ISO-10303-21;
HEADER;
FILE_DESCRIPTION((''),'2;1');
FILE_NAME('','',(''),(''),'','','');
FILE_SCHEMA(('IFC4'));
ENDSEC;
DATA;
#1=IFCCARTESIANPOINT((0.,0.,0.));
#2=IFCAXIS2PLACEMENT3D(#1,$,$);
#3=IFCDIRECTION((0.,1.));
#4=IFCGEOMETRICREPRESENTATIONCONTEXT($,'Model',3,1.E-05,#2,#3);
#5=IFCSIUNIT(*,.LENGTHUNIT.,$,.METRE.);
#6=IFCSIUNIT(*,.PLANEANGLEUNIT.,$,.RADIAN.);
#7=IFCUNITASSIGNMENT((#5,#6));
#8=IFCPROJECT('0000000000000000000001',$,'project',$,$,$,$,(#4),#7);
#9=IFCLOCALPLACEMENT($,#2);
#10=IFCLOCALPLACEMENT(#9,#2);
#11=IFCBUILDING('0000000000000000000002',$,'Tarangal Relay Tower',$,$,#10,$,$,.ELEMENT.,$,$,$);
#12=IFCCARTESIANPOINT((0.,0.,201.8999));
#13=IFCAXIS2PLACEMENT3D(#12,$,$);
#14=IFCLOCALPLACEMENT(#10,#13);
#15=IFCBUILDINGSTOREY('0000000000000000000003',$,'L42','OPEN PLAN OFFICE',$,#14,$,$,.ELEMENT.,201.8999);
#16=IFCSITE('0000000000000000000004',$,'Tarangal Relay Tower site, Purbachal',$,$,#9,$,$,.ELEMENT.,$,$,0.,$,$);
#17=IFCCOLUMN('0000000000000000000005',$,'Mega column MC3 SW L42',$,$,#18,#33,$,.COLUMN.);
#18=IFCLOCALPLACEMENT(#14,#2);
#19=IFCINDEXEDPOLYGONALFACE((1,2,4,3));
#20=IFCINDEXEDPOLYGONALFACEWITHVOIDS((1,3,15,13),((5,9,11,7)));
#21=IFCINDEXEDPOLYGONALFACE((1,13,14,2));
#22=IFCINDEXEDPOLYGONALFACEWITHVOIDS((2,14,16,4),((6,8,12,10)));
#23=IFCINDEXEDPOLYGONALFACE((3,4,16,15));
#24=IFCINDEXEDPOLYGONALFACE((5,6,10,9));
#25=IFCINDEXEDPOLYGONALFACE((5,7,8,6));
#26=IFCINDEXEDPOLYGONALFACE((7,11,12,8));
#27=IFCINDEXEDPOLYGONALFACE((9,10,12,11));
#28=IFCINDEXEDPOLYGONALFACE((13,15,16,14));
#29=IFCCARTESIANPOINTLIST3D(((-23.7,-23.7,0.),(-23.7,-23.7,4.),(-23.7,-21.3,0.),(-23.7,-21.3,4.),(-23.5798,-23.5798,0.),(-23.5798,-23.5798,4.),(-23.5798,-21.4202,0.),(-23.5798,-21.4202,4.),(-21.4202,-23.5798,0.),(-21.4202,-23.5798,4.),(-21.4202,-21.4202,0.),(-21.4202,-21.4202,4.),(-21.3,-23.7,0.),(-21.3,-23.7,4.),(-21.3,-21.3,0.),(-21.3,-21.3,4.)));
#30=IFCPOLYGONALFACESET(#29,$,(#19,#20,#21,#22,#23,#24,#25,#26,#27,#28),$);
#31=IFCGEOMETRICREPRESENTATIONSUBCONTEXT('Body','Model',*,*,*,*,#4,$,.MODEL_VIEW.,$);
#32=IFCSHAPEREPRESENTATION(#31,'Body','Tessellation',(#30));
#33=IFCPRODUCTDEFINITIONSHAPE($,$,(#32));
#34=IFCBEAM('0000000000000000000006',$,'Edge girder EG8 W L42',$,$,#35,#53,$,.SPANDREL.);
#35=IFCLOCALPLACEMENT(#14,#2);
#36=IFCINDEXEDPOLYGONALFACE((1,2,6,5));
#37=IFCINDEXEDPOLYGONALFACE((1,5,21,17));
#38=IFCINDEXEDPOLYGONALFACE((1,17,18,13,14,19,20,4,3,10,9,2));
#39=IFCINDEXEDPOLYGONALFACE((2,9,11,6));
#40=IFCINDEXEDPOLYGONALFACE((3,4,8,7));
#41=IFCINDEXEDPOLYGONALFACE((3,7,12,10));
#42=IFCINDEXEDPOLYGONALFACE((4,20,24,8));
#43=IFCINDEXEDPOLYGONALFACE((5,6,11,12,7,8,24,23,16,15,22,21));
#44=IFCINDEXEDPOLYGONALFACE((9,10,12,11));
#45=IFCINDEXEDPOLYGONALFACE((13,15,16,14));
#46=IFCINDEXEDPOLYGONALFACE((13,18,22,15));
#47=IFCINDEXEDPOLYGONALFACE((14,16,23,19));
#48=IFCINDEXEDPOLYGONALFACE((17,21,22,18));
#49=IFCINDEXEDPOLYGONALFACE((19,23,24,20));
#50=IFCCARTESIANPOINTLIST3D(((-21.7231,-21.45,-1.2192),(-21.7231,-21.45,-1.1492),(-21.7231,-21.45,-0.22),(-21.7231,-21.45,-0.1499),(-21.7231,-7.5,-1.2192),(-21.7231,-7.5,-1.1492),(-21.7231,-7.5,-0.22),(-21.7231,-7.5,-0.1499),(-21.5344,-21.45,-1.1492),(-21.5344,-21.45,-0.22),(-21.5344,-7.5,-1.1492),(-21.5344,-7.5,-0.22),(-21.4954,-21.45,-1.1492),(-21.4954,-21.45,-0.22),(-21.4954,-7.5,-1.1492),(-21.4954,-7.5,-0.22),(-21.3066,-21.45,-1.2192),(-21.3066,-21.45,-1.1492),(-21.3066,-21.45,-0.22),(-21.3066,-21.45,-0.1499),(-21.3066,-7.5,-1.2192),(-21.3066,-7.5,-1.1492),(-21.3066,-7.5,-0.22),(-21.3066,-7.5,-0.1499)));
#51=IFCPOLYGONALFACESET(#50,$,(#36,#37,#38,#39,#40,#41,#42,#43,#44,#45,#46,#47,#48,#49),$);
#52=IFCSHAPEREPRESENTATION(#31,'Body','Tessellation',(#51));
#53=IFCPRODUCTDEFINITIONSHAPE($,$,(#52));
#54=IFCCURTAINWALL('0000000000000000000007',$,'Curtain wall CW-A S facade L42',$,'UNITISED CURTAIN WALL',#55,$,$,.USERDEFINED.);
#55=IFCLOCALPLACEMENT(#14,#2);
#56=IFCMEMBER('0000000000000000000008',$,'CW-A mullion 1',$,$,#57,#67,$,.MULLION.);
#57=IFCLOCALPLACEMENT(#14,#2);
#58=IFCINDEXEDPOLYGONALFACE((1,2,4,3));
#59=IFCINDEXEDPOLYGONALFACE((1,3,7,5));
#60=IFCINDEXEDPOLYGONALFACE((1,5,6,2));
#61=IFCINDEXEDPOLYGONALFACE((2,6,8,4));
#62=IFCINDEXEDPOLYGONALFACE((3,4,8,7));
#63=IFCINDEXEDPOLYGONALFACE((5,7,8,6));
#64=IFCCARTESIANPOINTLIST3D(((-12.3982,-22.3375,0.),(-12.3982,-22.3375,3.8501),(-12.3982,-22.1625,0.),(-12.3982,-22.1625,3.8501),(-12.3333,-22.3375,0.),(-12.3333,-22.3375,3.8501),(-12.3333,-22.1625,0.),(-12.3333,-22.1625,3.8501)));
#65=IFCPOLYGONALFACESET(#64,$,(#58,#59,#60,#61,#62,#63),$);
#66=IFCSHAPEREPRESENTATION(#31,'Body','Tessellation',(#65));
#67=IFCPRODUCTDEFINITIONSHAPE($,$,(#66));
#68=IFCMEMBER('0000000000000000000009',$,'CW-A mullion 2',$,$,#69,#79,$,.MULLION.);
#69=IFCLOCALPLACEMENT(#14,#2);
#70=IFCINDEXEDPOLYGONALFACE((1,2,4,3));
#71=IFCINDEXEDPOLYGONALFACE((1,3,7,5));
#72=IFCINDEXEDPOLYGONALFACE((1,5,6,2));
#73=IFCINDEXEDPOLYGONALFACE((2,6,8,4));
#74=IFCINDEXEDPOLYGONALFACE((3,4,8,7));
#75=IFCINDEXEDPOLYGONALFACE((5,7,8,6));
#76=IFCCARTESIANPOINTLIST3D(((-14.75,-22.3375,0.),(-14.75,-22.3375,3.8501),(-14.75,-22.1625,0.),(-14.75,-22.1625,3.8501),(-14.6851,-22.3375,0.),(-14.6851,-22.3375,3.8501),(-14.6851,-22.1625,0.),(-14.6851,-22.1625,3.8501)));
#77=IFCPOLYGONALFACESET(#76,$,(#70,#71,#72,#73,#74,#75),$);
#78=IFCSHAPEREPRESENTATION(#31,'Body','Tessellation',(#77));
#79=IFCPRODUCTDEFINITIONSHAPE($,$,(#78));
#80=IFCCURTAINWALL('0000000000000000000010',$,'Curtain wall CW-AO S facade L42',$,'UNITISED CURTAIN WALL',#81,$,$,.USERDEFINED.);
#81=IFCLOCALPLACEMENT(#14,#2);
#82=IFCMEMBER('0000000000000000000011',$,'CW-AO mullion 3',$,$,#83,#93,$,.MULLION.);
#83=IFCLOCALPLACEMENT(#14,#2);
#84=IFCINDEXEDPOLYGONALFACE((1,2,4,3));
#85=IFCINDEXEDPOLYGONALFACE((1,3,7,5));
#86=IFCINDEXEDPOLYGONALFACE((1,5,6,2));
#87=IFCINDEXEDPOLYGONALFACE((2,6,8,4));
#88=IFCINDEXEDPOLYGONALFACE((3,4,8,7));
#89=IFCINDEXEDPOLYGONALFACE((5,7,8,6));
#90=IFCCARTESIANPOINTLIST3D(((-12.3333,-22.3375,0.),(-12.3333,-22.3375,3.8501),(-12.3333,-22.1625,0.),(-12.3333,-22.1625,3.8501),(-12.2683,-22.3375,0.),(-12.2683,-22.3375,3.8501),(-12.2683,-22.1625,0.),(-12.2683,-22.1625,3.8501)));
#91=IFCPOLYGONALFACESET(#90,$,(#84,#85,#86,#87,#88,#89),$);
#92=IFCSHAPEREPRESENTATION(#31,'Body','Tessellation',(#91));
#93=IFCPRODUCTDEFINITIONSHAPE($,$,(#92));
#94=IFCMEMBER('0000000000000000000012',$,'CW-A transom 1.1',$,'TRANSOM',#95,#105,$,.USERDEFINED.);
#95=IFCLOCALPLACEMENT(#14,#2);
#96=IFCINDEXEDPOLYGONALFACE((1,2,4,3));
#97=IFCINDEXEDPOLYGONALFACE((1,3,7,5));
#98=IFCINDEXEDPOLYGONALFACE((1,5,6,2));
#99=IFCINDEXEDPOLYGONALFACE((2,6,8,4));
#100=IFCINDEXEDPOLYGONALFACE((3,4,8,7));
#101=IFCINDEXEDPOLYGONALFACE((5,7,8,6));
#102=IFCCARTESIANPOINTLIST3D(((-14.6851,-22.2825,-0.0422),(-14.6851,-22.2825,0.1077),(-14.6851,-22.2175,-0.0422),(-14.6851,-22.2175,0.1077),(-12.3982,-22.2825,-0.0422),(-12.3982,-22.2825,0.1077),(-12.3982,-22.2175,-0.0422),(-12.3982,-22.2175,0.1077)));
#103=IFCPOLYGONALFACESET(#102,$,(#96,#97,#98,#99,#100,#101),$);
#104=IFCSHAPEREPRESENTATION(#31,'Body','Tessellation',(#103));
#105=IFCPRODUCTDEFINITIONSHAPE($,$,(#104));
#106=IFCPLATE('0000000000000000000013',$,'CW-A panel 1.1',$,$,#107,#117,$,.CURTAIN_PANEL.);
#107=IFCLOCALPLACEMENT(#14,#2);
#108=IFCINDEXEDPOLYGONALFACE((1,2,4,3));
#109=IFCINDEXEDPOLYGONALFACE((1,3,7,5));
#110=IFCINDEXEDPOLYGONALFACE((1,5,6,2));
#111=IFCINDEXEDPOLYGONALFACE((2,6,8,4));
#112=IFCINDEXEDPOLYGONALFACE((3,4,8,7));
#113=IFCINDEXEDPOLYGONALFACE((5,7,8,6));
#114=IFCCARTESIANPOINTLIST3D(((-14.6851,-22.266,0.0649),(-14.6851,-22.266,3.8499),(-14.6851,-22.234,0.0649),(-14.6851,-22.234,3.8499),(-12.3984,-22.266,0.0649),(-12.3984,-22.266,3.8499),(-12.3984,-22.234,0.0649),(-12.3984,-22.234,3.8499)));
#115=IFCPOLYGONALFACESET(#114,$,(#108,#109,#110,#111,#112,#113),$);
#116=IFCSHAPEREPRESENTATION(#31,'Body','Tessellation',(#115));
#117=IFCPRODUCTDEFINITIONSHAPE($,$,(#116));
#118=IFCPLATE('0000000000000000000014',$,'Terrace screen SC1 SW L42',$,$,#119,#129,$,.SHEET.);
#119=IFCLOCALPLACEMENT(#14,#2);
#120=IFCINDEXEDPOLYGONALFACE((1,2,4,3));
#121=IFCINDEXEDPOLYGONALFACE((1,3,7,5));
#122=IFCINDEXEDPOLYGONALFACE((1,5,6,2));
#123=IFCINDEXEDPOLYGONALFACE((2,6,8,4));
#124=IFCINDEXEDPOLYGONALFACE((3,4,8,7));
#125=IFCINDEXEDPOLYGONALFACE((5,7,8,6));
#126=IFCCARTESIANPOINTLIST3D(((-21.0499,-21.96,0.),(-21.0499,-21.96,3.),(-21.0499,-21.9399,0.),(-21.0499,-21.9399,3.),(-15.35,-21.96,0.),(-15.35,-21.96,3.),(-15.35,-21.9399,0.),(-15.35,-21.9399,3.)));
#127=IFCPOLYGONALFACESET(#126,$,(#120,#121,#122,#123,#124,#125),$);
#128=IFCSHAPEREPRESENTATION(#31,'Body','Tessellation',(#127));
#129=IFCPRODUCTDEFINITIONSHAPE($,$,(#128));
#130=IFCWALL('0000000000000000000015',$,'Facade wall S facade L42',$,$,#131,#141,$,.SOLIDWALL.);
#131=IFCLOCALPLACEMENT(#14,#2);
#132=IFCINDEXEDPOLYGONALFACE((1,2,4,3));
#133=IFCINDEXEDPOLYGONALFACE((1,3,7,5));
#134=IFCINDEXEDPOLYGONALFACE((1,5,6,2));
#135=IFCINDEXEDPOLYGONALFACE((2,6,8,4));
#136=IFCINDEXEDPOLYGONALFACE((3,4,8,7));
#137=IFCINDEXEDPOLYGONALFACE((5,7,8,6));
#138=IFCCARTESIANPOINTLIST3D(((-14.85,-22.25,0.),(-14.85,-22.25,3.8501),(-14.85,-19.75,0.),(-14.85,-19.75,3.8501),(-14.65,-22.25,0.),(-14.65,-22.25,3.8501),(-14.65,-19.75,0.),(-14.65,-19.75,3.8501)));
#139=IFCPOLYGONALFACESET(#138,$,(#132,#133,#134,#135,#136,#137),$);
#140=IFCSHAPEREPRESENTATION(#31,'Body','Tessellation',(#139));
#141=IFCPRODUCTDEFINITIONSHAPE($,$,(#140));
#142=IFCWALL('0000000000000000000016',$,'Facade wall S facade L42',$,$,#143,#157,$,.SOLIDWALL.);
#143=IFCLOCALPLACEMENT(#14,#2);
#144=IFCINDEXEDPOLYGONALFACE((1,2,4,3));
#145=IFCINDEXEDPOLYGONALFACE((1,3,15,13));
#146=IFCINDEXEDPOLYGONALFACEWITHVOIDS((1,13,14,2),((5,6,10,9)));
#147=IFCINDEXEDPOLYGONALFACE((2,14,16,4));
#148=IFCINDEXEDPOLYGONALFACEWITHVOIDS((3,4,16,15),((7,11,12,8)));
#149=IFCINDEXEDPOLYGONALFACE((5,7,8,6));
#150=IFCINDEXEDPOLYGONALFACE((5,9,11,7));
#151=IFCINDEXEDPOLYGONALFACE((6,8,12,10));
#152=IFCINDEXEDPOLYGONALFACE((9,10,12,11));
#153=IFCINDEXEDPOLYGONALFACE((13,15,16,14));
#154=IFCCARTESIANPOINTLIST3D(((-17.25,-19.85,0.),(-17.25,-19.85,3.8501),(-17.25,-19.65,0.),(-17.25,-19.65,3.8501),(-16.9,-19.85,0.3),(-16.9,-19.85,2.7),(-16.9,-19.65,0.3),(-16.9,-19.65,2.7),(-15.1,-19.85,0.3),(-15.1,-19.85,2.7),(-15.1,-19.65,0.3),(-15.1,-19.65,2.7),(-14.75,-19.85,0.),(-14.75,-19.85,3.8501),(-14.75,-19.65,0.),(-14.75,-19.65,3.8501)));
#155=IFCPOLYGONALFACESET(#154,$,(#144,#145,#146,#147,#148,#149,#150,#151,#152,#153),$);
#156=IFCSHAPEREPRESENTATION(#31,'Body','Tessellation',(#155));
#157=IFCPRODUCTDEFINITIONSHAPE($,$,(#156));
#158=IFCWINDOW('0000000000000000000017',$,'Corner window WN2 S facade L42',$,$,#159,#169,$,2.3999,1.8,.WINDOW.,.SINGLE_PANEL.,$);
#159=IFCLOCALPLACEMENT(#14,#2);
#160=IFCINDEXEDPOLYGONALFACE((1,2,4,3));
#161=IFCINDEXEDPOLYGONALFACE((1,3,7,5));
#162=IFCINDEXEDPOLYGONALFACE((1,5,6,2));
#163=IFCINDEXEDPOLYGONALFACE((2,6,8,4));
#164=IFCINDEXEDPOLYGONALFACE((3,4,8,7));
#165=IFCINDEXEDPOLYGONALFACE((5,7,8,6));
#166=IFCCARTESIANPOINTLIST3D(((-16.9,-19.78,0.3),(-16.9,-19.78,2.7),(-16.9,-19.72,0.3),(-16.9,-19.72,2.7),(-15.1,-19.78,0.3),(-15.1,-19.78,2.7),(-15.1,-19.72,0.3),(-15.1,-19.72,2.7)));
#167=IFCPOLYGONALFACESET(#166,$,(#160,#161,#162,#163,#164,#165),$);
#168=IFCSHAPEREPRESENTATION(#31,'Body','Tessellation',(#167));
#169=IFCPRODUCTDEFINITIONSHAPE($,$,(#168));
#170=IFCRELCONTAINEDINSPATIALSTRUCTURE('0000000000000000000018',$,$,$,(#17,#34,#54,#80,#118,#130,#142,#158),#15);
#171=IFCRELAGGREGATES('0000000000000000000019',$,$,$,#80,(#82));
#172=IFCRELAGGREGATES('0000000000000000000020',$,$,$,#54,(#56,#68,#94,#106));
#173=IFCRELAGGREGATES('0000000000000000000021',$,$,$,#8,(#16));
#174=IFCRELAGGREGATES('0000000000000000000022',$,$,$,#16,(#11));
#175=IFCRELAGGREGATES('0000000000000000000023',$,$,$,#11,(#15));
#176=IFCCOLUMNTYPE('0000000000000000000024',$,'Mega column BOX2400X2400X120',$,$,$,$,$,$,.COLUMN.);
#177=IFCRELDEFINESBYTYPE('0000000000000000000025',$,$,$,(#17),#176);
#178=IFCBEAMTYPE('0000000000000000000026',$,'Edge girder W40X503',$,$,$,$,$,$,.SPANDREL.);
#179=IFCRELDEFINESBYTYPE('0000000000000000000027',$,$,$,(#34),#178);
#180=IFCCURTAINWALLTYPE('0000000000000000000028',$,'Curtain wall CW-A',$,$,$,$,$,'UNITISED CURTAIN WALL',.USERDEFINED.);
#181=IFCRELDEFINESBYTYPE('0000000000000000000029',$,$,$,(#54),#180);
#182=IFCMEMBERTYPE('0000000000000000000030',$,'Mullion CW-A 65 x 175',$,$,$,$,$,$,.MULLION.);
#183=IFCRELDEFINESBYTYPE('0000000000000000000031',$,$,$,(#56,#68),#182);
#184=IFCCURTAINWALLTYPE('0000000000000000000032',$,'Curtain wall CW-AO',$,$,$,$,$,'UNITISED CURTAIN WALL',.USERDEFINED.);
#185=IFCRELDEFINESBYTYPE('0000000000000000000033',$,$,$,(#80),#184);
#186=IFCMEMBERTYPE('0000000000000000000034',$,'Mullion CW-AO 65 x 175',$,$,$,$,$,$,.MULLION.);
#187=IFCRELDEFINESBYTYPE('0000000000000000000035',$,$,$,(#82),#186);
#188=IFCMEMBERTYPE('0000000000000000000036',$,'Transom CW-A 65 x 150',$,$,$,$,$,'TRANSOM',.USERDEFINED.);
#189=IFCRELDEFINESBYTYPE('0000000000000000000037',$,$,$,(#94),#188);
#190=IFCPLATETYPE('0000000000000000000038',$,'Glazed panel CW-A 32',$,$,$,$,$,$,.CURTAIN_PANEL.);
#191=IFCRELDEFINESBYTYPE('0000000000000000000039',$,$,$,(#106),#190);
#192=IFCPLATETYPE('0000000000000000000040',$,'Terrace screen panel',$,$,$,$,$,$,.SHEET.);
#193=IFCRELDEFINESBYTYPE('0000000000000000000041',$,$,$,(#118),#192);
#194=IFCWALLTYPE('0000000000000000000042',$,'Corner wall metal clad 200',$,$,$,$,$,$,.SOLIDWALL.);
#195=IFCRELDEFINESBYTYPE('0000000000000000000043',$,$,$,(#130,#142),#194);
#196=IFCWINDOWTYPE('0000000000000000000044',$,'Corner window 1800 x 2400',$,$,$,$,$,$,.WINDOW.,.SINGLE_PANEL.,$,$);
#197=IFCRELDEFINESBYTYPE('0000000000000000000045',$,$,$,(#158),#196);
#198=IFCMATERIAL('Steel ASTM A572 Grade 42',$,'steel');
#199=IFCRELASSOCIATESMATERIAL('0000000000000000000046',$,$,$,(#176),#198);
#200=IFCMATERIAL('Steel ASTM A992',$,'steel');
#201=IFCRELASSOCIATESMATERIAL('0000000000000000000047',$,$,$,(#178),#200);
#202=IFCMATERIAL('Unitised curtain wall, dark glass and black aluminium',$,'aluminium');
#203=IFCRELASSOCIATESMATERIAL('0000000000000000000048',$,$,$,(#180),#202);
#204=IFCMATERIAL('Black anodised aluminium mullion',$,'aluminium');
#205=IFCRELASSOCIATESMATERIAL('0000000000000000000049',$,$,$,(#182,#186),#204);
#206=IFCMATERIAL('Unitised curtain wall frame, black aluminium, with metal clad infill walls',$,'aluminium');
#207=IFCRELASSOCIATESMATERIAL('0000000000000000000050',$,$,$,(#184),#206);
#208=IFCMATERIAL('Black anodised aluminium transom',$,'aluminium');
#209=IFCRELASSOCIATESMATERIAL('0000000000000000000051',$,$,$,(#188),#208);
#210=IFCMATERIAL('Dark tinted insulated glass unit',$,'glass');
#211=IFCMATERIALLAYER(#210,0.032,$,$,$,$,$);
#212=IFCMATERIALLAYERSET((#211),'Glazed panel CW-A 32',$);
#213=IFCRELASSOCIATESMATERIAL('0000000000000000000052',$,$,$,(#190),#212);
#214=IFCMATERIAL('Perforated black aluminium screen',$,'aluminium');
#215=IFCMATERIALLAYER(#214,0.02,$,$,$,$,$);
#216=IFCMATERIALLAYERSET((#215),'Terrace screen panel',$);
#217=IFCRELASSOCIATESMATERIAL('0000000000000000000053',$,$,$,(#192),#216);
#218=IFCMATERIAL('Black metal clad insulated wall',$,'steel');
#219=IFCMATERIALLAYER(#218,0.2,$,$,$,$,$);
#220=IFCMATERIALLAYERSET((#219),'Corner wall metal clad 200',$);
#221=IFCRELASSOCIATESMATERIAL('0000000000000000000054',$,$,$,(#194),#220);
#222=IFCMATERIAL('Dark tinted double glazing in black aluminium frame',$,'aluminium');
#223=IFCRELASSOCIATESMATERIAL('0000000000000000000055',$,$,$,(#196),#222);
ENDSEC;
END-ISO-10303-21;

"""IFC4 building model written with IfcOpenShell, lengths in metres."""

from ifc_helpers import new_model, si_unit, direction, frame, frame_2d, origin, origin_2d, place, context, subcontext, project, spatial, rectangle, hollow_rectangle, i_section, extrude, material, layer, layer_set, material_profile, profile_set, type_object, element, fill, aggregate, save


model = new_model("IFC4")

# Units and contexts
model_context = context("Model", 3, precision=1e-05, world=origin(), true_north=direction((0.0, 1.0)))
body_context = subcontext(model_context, "Body", "Model", "MODEL_VIEW")
ifc_project = project(units=[si_unit("LENGTHUNIT", "METRE"), si_unit("PLANEANGLEUNIT", "RADIAN")], contexts=[model_context])

# Site, building, storey
site_placement = place(None, origin())
site = spatial("IfcSite", under=ifc_project, at=site_placement, Name="Tarangal Relay Tower site, Purbachal", CompositionType="ELEMENT", RefElevation=0.0)
building_placement = place(site_placement, origin())
building = spatial("IfcBuilding", under=site, at=building_placement, Name="Tarangal Relay Tower", CompositionType="ELEMENT")
storey_placement = place(building_placement, frame((0.0, 0.0, 201.8999)))
storey = spatial("IfcBuildingStorey", under=building, at=storey_placement, Name="L42", Description="OPEN PLAN OFFICE", CompositionType="ELEMENT", Elevation=201.8999)

# Column
ifc_material_1 = material(Name="Steel ASTM A572 Grade 42", Category="steel")
ifc_material_profile_1 = material_profile(ifc_material_1, hollow_rectangle(XDim=2.3999, YDim=2.3999, WallThickness=0.1201, at=origin_2d()), Name="BOX2400X2400X120")
ifc_profile_set_1 = profile_set([ifc_material_profile_1], Name="Steel ASTM A572 Grade 42")
column_type = type_object("IfcColumnType", Name="Mega column BOX2400X2400X120", PredefinedType="COLUMN", material=ifc_profile_set_1)
column_placement = place(storey_placement, frame((-22.5, -22.5, 0.0), z_axis=(0.0, 0.0, 1.0), x_axis=(1.0, 0.0, 0.0)))
element("IfcColumn", 1, at=column_placement, inside=storey, type_object=column_type, Name="Mega column MC3 SW L42", PredefinedType="COLUMN", context=body_context, shape_type="SweptSolid", body=[
    extrude(hollow_rectangle(XDim=2.3999, YDim=2.3999, WallThickness=0.1201, at=origin_2d()), origin(), (0.0, 0.0, 1.0), 4.0),
])

# Beam
ifc_material_2 = material(Name="Steel ASTM A992", Category="steel")
ifc_material_profile_2 = material_profile(ifc_material_2, i_section(OverallWidth=0.4165, OverallDepth=1.0693, WebThickness=0.0391, FlangeThickness=0.0701, at=origin_2d()), Name="W40X503")
ifc_profile_set_2 = profile_set([ifc_material_profile_2], Name="Steel ASTM A992")
beam_type = type_object("IfcBeamType", Name="Edge girder W40X503", PredefinedType="SPANDREL", material=ifc_profile_set_2)
beam_placement = place(storey_placement, frame((-21.5149, -21.45, -0.6846), z_axis=(0.0, 1.0, 0.0), x_axis=(-1.0, 0.0, 0.0)))
element("IfcBeam", 2, at=beam_placement, inside=storey, type_object=beam_type, Name="Edge girder EG8 W L42", PredefinedType="SPANDREL", context=body_context, shape_type="SweptSolid", body=[
    extrude(i_section(OverallWidth=0.4165, OverallDepth=1.0693, WebThickness=0.0391, FlangeThickness=0.0701, at=origin_2d()), origin(), (0.0, 0.0, 1.0), 13.95),
])

# Curtain wall, members
ifc_material_3 = material(Name="Unitised curtain wall, dark glass and black aluminium", Category="aluminium")
curtain_wall_type_1 = type_object("IfcCurtainWallType", Name="Curtain wall CW-A", ElementType="UNITISED CURTAIN WALL", PredefinedType="USERDEFINED", material=ifc_material_3)
curtain_wall_1_placement = place(storey_placement, origin())
curtain_wall_1 = element("IfcCurtainWall", 3, at=curtain_wall_1_placement, inside=storey, type_object=curtain_wall_type_1, Name="Curtain wall CW-A S facade L42", ObjectType="UNITISED CURTAIN WALL", PredefinedType="USERDEFINED")
ifc_material_4 = material(Name="Black anodised aluminium mullion", Category="aluminium")
ifc_material_profile_3 = material_profile(ifc_material_4, rectangle(XDim=0.175, YDim=0.0649, at=origin_2d()), Name="CW-AM 65X175")
ifc_profile_set_3 = profile_set([ifc_material_profile_3], Name="Black anodised aluminium mullion")
member_type_1 = type_object("IfcMemberType", Name="Mullion CW-A 65 x 175", PredefinedType="MULLION", material=ifc_profile_set_3)
member_1_placement = place(storey_placement, frame((-12.3657, -22.25, 0.0), z_axis=(0.0, 0.0, 1.0), x_axis=(0.0, -1.0, 0.0)))
member_1 = element("IfcMember", 4, at=member_1_placement, type_object=member_type_1, Name="CW-A mullion 1", PredefinedType="MULLION", context=body_context, shape_type="SweptSolid", body=[
    extrude(rectangle(XDim=0.175, YDim=0.0649, at=origin_2d()), origin(), (0.0, 0.0, 1.0), 3.8501),
])
member_2_placement = place(storey_placement, frame((-14.7175, -22.25, 0.0), z_axis=(0.0, 0.0, 1.0), x_axis=(0.0, -1.0, 0.0)))
member_2 = element("IfcMember", 5, at=member_2_placement, type_object=member_type_1, Name="CW-A mullion 2", PredefinedType="MULLION", context=body_context, shape_type="SweptSolid", body=[
    extrude(rectangle(XDim=0.175, YDim=0.0649, at=origin_2d()), origin(), (0.0, 0.0, 1.0), 3.8501),
])

# Curtain wall, member
ifc_material_5 = material(Name="Unitised curtain wall frame, black aluminium, with metal clad infill walls", Category="aluminium")
curtain_wall_type_2 = type_object("IfcCurtainWallType", Name="Curtain wall CW-AO", ElementType="UNITISED CURTAIN WALL", PredefinedType="USERDEFINED", material=ifc_material_5)
curtain_wall_2_placement = place(storey_placement, origin())
curtain_wall_2 = element("IfcCurtainWall", 6, at=curtain_wall_2_placement, inside=storey, type_object=curtain_wall_type_2, Name="Curtain wall CW-AO S facade L42", ObjectType="UNITISED CURTAIN WALL", PredefinedType="USERDEFINED")
ifc_material_profile_4 = material_profile(ifc_material_4, rectangle(XDim=0.175, YDim=0.0649, at=origin_2d()), Name="CW-AOM 65X175")
ifc_profile_set_4 = profile_set([ifc_material_profile_4], Name="Black anodised aluminium mullion")
member_type_2 = type_object("IfcMemberType", Name="Mullion CW-AO 65 x 175", PredefinedType="MULLION", material=ifc_profile_set_4)
member_3_placement = place(storey_placement, frame((-12.3008, -22.25, 0.0), z_axis=(0.0, 0.0, 1.0), x_axis=(0.0, -1.0, 0.0)))
member_3 = element("IfcMember", 7, at=member_3_placement, type_object=member_type_2, Name="CW-AO mullion 3", PredefinedType="MULLION", context=body_context, shape_type="SweptSolid", body=[
    extrude(rectangle(XDim=0.175, YDim=0.0649, at=origin_2d()), origin(), (0.0, 0.0, 1.0), 3.8501),
])
aggregate(curtain_wall_2, [member_3])

# Member
ifc_material_6 = material(Name="Black anodised aluminium transom", Category="aluminium")
ifc_material_profile_5 = material_profile(ifc_material_6, rectangle(XDim=0.0649, YDim=0.1499, at=origin_2d()), Name="CW-AT 65X150")
ifc_profile_set_5 = profile_set([ifc_material_profile_5], Name="Black anodised aluminium transom")
member_type_3 = type_object("IfcMemberType", Name="Transom CW-A 65 x 150", ElementType="TRANSOM", PredefinedType="USERDEFINED", material=ifc_profile_set_5)
member_4_placement = place(storey_placement, frame((-12.3982, -22.25, 0.0327), z_axis=(-1.0, 0.0, 0.0), x_axis=(0.0, -1.0, 0.0)))
member_4 = element("IfcMember", 8, at=member_4_placement, type_object=member_type_3, Name="CW-A transom 1.1", ObjectType="TRANSOM", PredefinedType="USERDEFINED", context=body_context, shape_type="SweptSolid", body=[
    extrude(rectangle(XDim=0.0649, YDim=0.1499, at=origin_2d()), origin(), (0.0, 0.0, 1.0), 2.2869),
])

# Plates
ifc_material_7 = material(Name="Dark tinted insulated glass unit", Category="glass")
ifc_layer_1 = layer(ifc_material_7, 0.032)
ifc_layer_set_1 = layer_set([ifc_layer_1], Name="Glazed panel CW-A 32")
plate_type_1 = type_object("IfcPlateType", Name="Glazed panel CW-A 32", PredefinedType="CURTAIN_PANEL", material=ifc_layer_set_1)
plate_1_placement = place(storey_placement, frame((-13.5417, -22.25, 0.0649), z_axis=(0.0, 0.0, 1.0), x_axis=(-1.0, 0.0, 0.0)))
plate_1 = element("IfcPlate", 9, at=plate_1_placement, type_object=plate_type_1, Name="CW-A panel 1.1", PredefinedType="CURTAIN_PANEL", context=body_context, shape_type="SweptSolid", body=[
    extrude(rectangle(XDim=2.2866, YDim=0.032, at=origin_2d()), origin(), (0.0, 0.0, 1.0), 3.7849),
])
aggregate(curtain_wall_1, [member_1, member_2, member_4, plate_1])
ifc_material_8 = material(Name="Perforated black aluminium screen", Category="aluminium")
ifc_layer_2 = layer(ifc_material_8, 0.02)
ifc_layer_set_2 = layer_set([ifc_layer_2], Name="Terrace screen panel")
plate_type_2 = type_object("IfcPlateType", Name="Terrace screen panel", PredefinedType="SHEET", material=ifc_layer_set_2)
plate_2_placement = place(storey_placement, frame((-18.2, -21.95, 0.0), z_axis=(0.0, 0.0, 1.0), x_axis=(-1.0, 0.0, 0.0)))
element("IfcPlate", 10, at=plate_2_placement, inside=storey, type_object=plate_type_2, Name="Terrace screen SC1 SW L42", PredefinedType="SHEET", context=body_context, shape_type="SweptSolid", body=[
    extrude(rectangle(XDim=5.7, YDim=0.02, at=origin_2d()), origin(), (0.0, 0.0, 1.0), 3.0),
])

# Wall
ifc_material_9 = material(Name="Black metal clad insulated wall", Category="steel")
ifc_layer_3 = layer(ifc_material_9, 0.2)
ifc_layer_set_3 = layer_set([ifc_layer_3], Name="Corner wall metal clad 200")
wall_type = type_object("IfcWallType", Name="Corner wall metal clad 200", PredefinedType="SOLIDWALL", material=ifc_layer_set_3)
wall_1_placement = place(storey_placement, frame((-14.75, -22.25, 0.0), z_axis=(0.0, 0.0, 1.0), x_axis=(0.0, 1.0, 0.0)))
element("IfcWall", 11, at=wall_1_placement, inside=storey, type_object=wall_type, Name="Facade wall S facade L42", PredefinedType="SOLIDWALL", context=body_context, shape_type="SweptSolid", body=[
    extrude(rectangle(XDim=2.5, YDim=0.2, at=frame_2d((1.25, 0.0))), origin(), (0.0, 0.0, 1.0), 3.8501),
])

# Wall, opening, window
wall_2_placement = place(storey_placement, frame((-14.75, -19.75, 0.0), z_axis=(0.0, 0.0, 1.0), x_axis=(-1.0, 0.0, 0.0)))
wall_2 = element("IfcWall", 12, at=wall_2_placement, inside=storey, type_object=wall_type, Name="Facade wall S facade L42", PredefinedType="SOLIDWALL", context=body_context, shape_type="SweptSolid", body=[
    extrude(rectangle(XDim=2.5, YDim=0.2, at=frame_2d((1.25, 0.0))), origin(), (0.0, 0.0, 1.0), 3.8501),
])
opening_1_placement = place(wall_2_placement, frame((0.3501, 0.0, 0.3)))
opening_1 = element("IfcOpeningElement", 13, at=opening_1_placement, cuts=wall_2, PredefinedType="OPENING", context=body_context, shape_type="SweptSolid", body=[
    extrude(rectangle(XDim=1.8, YDim=2.3999, at=frame_2d((0.8999, 1.2))), frame((0.0, 0.1099, 0.0), z_axis=(0.0, -1.0, 0.0), x_axis=(1.0, 0.0, 0.0)), (0.0, 0.0, 1.0), 0.22),
])
ifc_material_10 = material(Name="Dark tinted double glazing in black aluminium frame", Category="aluminium")
window_type = type_object("IfcWindowType", Name="Corner window 1800 x 2400", PartitioningType="SINGLE_PANEL", PredefinedType="WINDOW", material=ifc_material_10)
window_placement = place(opening_1_placement, origin())
window = element("IfcWindow", 14, at=window_placement, inside=storey, type_object=window_type, Name="Corner window WN2 S facade L42", OverallHeight=2.3999, OverallWidth=1.8, PartitioningType="SINGLE_PANEL", PredefinedType="WINDOW", context=body_context, shape_type="SweptSolid", body=[
    extrude(rectangle(XDim=1.8, YDim=2.3999, at=frame_2d((0.8999, 1.2))), frame((0.0, 0.03, 0.0), z_axis=(0.0, -1.0, 0.0), x_axis=(1.0, 0.0, 0.0)), (0.0, 0.0, 1.0), 0.0601),
])
fill(opening_1, window)

save(model, "model.ifc")
